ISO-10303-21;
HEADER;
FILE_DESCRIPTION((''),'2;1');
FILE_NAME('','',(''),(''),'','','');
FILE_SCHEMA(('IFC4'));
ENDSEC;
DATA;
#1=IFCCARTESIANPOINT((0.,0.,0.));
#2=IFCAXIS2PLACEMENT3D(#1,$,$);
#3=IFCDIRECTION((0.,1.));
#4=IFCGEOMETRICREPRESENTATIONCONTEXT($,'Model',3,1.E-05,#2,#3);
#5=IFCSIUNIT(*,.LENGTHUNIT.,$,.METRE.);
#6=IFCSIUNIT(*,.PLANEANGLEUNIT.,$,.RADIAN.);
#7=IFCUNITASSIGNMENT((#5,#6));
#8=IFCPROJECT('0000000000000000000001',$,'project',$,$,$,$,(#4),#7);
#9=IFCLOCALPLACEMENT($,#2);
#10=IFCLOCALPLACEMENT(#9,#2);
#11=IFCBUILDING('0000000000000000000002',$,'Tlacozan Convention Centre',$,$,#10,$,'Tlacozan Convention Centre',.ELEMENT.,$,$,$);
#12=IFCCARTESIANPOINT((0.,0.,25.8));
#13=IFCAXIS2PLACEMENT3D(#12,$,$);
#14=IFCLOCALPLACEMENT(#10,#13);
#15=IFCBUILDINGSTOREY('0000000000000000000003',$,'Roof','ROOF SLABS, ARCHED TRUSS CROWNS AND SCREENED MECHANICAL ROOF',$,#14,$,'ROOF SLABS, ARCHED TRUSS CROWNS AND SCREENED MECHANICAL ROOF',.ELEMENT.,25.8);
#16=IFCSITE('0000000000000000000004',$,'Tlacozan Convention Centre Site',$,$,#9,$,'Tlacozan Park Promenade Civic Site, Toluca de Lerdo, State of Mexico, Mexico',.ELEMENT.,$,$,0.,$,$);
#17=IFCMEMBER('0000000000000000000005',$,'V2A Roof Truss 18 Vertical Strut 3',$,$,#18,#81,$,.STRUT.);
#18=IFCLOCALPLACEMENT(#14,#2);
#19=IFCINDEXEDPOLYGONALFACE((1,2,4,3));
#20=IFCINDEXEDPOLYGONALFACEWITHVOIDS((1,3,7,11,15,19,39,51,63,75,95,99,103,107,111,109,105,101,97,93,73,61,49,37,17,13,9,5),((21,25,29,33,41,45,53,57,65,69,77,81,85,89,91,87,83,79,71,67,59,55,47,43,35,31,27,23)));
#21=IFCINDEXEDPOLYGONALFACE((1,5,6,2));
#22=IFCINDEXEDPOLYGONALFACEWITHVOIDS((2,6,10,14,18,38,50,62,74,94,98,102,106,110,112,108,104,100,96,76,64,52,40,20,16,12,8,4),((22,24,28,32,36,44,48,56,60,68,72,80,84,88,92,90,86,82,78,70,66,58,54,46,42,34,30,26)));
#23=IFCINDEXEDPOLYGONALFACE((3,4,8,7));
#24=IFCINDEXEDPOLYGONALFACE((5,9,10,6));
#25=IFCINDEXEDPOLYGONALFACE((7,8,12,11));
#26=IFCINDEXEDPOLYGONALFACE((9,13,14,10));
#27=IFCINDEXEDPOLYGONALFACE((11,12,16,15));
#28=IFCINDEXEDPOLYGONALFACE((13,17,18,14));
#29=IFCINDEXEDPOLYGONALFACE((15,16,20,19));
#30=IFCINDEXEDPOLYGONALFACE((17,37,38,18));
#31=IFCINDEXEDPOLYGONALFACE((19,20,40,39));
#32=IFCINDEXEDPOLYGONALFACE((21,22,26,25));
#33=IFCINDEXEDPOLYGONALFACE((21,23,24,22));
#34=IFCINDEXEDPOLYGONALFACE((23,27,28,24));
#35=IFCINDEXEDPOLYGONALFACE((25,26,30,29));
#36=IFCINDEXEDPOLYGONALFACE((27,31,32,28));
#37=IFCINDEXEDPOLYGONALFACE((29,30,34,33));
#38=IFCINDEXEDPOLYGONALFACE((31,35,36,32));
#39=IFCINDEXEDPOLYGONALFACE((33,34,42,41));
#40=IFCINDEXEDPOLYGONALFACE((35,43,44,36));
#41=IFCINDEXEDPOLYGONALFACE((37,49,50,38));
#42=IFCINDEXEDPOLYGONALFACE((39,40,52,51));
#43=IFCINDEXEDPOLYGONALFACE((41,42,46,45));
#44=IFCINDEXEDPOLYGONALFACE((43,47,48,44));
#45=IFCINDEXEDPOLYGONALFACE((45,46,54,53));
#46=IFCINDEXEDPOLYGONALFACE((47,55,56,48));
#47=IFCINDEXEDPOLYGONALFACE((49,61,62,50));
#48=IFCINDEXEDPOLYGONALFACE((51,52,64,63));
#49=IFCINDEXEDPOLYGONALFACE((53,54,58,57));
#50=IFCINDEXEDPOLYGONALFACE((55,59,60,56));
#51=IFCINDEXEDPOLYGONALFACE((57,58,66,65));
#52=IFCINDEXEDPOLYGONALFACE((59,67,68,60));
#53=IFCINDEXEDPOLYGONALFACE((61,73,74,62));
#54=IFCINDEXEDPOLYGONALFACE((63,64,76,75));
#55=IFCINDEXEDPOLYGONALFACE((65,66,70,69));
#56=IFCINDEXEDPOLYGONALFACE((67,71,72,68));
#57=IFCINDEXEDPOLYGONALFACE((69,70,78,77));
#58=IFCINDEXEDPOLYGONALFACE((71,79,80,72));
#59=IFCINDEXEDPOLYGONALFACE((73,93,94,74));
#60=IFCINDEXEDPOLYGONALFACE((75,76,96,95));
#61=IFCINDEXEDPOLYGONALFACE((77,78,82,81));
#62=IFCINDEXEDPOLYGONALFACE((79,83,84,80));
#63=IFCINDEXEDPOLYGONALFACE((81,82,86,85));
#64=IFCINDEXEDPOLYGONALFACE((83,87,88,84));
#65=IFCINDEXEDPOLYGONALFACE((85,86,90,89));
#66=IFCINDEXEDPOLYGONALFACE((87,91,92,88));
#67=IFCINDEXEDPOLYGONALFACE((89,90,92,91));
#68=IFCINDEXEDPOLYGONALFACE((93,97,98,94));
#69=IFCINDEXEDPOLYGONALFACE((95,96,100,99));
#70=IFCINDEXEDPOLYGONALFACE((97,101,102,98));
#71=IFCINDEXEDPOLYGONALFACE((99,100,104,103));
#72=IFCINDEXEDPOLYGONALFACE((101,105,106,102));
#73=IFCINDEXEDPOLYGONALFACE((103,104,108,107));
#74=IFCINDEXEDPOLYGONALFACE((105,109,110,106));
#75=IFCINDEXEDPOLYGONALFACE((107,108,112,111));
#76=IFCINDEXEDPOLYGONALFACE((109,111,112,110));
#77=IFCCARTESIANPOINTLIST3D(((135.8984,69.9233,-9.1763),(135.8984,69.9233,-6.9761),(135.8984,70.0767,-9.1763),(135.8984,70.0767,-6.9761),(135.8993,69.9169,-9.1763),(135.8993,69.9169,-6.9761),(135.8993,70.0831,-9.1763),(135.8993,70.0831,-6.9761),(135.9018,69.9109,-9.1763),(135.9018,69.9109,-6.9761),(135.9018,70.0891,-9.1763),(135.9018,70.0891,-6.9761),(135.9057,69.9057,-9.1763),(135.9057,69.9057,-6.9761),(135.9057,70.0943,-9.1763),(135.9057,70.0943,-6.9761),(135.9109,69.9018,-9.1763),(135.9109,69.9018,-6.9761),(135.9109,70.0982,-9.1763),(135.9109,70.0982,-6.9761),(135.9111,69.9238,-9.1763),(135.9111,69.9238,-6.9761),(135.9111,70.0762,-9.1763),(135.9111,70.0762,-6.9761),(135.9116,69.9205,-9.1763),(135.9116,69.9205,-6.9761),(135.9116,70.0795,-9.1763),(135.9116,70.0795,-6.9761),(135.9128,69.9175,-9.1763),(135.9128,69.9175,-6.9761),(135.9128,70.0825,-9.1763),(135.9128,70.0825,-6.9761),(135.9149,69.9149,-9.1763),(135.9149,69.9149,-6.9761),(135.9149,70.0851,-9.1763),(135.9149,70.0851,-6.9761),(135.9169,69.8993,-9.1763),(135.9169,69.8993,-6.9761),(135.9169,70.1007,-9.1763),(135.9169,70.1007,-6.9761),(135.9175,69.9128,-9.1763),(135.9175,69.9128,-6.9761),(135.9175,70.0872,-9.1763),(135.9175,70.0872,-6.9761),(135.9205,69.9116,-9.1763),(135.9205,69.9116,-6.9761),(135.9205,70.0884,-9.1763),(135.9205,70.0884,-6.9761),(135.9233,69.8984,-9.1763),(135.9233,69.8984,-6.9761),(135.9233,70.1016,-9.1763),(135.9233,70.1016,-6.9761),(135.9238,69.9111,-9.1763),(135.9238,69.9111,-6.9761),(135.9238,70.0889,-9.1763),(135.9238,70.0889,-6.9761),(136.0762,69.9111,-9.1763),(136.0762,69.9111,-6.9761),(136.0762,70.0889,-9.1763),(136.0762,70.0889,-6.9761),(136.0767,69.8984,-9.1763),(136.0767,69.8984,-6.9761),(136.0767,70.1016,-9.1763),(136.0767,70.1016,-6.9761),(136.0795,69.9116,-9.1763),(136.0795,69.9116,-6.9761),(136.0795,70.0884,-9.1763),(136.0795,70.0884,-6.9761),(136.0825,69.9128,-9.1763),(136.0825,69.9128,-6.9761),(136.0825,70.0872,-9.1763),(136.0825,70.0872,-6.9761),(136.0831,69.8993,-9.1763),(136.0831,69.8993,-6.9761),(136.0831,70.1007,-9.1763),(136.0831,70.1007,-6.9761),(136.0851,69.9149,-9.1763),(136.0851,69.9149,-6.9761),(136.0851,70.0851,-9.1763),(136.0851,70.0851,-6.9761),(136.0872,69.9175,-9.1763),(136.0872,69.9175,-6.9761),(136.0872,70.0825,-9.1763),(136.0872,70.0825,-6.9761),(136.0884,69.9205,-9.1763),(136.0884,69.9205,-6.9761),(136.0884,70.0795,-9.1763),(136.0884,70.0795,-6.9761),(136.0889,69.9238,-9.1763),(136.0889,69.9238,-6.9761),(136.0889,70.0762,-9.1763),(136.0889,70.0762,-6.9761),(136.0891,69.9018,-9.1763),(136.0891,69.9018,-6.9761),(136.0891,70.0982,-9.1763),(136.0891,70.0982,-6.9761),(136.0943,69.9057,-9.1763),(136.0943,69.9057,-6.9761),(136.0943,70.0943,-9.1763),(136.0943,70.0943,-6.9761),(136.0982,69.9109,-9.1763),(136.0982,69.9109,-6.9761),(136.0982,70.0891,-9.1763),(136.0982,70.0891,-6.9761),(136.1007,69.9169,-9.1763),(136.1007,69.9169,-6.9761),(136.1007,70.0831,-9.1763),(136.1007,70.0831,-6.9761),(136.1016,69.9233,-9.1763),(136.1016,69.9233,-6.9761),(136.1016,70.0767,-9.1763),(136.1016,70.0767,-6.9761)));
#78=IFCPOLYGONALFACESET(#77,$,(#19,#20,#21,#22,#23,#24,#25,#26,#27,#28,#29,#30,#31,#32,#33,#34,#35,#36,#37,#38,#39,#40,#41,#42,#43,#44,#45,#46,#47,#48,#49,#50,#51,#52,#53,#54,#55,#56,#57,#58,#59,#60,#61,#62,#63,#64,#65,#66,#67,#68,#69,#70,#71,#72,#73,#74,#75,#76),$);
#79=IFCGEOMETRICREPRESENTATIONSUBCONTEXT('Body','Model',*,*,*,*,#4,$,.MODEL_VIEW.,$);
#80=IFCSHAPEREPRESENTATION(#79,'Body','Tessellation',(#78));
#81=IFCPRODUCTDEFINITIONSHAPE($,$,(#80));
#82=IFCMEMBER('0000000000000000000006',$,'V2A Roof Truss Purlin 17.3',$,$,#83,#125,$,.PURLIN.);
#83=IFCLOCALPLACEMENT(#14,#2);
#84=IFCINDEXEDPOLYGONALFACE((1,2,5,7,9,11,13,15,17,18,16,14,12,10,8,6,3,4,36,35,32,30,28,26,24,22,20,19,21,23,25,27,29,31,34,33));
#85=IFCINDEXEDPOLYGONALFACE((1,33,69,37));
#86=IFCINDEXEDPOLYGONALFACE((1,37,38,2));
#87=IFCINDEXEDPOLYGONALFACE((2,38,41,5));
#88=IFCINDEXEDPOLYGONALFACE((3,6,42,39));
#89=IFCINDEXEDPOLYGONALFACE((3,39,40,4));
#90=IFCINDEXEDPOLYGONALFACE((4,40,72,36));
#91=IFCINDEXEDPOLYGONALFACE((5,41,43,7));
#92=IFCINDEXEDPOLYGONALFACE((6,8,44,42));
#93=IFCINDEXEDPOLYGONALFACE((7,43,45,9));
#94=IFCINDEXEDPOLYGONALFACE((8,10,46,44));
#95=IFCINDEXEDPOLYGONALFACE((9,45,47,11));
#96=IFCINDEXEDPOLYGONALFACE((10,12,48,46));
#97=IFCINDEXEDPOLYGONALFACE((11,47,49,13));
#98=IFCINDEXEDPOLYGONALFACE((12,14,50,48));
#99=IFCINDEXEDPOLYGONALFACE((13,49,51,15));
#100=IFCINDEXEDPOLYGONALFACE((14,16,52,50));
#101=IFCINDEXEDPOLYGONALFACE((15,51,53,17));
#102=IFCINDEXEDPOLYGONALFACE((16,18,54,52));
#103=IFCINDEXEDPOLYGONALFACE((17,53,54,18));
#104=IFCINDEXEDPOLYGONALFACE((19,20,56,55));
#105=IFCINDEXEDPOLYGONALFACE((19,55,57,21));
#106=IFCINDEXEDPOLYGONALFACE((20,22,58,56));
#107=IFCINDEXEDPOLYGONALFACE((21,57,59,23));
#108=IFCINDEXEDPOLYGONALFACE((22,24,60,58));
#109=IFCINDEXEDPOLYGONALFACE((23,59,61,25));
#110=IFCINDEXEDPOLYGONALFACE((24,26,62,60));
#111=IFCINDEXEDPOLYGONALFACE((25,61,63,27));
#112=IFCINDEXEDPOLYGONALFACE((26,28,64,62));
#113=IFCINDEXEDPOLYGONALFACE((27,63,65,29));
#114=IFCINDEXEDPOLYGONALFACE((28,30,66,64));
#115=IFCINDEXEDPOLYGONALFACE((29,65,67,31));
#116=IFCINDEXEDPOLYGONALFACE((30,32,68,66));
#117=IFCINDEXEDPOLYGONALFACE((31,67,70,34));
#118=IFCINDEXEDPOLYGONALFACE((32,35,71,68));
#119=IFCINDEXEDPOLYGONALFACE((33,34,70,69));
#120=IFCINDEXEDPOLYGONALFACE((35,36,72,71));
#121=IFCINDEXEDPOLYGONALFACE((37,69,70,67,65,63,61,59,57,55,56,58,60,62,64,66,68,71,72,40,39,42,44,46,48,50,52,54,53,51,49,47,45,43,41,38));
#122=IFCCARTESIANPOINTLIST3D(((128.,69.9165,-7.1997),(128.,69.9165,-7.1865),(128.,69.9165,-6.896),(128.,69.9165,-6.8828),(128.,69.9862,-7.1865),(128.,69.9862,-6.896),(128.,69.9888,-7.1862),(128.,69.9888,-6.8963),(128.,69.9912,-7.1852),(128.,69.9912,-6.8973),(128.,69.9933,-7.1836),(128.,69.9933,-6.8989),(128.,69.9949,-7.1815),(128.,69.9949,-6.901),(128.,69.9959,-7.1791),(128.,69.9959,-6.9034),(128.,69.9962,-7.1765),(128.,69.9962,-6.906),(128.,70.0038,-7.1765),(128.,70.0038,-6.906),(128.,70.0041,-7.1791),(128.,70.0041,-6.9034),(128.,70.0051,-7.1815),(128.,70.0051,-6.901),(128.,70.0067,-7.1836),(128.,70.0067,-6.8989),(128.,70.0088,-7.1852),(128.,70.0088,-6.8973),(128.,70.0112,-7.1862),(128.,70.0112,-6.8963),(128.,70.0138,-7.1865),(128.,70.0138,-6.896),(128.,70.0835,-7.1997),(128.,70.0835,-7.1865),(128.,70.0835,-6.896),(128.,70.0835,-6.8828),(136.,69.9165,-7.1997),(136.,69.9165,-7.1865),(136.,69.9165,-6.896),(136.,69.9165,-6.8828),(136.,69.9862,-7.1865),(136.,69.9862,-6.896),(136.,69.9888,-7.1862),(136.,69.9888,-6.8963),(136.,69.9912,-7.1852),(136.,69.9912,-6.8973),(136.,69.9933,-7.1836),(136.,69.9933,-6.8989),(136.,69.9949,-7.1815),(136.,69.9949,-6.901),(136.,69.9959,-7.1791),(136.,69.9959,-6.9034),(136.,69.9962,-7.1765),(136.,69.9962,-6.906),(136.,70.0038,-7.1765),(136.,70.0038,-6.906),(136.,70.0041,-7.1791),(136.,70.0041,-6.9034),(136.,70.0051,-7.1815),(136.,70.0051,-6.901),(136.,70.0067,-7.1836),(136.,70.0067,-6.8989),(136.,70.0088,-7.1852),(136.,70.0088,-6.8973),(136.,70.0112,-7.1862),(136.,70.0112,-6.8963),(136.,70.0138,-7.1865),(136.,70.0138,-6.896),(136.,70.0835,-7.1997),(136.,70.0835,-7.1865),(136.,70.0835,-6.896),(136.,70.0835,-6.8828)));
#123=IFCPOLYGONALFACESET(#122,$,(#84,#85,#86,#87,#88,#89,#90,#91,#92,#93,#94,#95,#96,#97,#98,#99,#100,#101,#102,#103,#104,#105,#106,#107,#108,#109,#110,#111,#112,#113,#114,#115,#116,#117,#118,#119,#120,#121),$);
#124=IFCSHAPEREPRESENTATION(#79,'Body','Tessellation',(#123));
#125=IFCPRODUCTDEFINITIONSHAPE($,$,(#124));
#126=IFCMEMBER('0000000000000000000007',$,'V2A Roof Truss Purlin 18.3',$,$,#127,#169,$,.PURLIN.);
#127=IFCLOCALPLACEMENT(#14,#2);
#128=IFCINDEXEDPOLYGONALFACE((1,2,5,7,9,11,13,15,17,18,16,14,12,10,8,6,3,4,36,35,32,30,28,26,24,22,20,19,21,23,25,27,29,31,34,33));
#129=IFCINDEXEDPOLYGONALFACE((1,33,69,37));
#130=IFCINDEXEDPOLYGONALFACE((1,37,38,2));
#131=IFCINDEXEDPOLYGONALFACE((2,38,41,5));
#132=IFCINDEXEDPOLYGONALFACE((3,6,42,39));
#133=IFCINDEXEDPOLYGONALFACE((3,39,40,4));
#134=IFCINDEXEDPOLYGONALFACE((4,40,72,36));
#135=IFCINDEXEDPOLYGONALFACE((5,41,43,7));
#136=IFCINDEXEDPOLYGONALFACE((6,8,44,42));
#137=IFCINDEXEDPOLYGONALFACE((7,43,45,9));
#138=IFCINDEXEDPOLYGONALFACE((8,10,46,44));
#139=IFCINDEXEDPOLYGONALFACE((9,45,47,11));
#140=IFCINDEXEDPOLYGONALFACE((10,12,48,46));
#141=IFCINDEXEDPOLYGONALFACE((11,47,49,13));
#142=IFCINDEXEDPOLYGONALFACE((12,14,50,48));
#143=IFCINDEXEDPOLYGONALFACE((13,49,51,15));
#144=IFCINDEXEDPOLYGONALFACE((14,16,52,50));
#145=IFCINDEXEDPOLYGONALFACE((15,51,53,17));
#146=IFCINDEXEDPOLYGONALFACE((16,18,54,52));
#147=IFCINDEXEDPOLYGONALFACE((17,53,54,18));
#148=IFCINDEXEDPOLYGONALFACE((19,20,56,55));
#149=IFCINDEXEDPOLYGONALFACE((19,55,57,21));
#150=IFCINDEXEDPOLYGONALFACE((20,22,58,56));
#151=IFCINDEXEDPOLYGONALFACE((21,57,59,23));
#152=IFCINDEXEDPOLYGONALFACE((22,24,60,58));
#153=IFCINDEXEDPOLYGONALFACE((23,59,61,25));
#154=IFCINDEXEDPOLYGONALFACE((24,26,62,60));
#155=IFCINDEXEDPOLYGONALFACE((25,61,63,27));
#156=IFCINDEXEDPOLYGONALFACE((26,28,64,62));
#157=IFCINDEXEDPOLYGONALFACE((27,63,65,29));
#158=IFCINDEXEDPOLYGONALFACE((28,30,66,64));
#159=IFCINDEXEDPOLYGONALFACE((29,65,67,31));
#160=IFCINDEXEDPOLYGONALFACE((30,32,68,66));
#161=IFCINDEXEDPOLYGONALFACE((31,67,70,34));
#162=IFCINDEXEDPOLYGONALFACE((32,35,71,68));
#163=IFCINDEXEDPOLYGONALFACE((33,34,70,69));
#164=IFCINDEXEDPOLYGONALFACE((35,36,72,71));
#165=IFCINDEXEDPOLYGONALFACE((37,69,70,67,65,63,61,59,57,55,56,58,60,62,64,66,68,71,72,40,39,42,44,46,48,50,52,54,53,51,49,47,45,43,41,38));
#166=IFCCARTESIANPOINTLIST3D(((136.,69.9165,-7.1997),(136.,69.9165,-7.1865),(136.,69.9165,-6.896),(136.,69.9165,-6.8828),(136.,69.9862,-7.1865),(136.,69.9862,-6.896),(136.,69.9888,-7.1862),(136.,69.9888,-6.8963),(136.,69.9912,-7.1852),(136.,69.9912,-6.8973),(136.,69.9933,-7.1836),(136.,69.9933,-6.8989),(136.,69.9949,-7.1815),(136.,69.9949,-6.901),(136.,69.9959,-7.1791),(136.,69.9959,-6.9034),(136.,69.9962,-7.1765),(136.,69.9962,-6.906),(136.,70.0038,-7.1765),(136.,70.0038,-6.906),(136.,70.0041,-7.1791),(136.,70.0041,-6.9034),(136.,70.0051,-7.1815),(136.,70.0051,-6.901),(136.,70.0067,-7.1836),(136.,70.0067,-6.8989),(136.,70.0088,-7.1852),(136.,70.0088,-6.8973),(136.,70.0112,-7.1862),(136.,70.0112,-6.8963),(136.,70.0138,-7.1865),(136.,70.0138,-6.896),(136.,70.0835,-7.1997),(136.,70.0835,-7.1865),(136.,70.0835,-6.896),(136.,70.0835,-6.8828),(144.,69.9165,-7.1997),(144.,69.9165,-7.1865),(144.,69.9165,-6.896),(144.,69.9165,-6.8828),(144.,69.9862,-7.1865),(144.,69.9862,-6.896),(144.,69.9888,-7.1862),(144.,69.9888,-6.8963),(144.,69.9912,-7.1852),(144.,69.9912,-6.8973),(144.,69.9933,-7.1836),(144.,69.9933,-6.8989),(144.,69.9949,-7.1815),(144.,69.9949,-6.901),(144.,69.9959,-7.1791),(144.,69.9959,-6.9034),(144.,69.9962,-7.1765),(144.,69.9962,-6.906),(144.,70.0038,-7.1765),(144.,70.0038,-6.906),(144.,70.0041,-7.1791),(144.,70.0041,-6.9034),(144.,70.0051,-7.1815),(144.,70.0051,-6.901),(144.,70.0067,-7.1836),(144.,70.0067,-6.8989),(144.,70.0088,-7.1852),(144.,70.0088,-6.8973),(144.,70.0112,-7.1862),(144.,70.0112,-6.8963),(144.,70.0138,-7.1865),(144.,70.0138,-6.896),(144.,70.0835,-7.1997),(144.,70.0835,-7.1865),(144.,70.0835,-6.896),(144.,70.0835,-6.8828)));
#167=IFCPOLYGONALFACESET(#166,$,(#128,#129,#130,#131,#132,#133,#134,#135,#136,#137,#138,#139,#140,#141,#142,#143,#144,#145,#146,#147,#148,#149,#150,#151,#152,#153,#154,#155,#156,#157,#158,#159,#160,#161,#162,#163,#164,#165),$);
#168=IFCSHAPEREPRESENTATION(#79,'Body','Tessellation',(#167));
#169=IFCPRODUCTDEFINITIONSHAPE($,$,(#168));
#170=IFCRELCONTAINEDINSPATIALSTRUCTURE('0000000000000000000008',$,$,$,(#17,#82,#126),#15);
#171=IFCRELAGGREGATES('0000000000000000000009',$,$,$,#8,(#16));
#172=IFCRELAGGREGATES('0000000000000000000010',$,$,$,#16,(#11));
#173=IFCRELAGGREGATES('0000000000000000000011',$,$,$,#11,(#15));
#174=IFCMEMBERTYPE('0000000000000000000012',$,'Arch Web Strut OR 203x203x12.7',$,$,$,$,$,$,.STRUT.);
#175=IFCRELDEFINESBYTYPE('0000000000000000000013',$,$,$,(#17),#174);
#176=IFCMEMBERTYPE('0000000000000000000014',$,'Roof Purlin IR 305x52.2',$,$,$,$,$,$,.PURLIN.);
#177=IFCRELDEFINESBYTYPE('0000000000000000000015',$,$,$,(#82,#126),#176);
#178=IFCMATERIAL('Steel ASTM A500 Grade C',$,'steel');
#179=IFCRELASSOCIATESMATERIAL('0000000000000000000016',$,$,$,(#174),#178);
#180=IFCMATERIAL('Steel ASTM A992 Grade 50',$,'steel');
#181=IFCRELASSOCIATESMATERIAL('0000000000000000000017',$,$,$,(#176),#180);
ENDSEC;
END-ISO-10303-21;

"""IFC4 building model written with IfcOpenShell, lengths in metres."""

from ifc_helpers import new_model, si_unit, direction, frame, origin, origin_2d, place, context, subcontext, project, spatial, hollow_rectangle, i_section, extrude, material, material_profile, profile_set, type_object, element, save


model = new_model("IFC4")

# Units and contexts
model_context = context("Model", 3, precision=1e-05, world=origin(), true_north=direction((0.0, 1.0)))
body_context = subcontext(model_context, "Body", "Model", "MODEL_VIEW")
ifc_project = project(units=[si_unit("LENGTHUNIT", "METRE"), si_unit("PLANEANGLEUNIT", "RADIAN")], contexts=[model_context])

# Site, building, storey
site_placement = place(None, origin())
site = spatial("IfcSite", under=ifc_project, at=site_placement, Name="Tlacozan Convention Centre Site", LongName="Tlacozan Park Promenade Civic Site, Toluca de Lerdo, State of Mexico, Mexico", CompositionType="ELEMENT", RefElevation=0.0)
building_placement = place(site_placement, origin())
building = spatial("IfcBuilding", under=site, at=building_placement, Name="Tlacozan Convention Centre", LongName="Tlacozan Convention Centre", CompositionType="ELEMENT")
storey_placement = place(building_placement, frame((0.0, 0.0, 25.8)))
storey = spatial("IfcBuildingStorey", under=building, at=storey_placement, Name="Roof", Description="ROOF SLABS, ARCHED TRUSS CROWNS AND SCREENED MECHANICAL ROOF", LongName="ROOF SLABS, ARCHED TRUSS CROWNS AND SCREENED MECHANICAL ROOF", CompositionType="ELEMENT", Elevation=25.8)

# Members
ifc_material_1 = material(Name="Steel ASTM A500 Grade C", Category="steel")
ifc_material_profile_1 = material_profile(ifc_material_1, hollow_rectangle(XDim=0.2031, YDim=0.2031, WallThickness=0.0127, InnerFilletRadius=0.0127, OuterFilletRadius=0.0249, at=origin_2d()), Name="OR 203x203x12.7")
ifc_profile_set_1 = profile_set([ifc_material_profile_1], Name="Steel ASTM A500 Grade C")
member_type_1 = type_object("IfcMemberType", Name="Arch Web Strut OR 203x203x12.7", PredefinedType="STRUT", material=ifc_profile_set_1)
for number, where, z_axis, x_axis, name in (
    (1, (136.0, 70.0, -9.1763), (0.0, 0.0, 1.0), (1.0, 0.0, 0.0), "V2A Roof Truss 18 Vertical Strut 3"),
):
    element("IfcMember", number, at=place(storey_placement, frame(where, z_axis=z_axis, x_axis=x_axis)), inside=storey, type_object=member_type_1, Name=name, PredefinedType="STRUT", context=body_context, shape_type="SweptSolid", body=[
        extrude(hollow_rectangle(XDim=0.2031, YDim=0.2031, WallThickness=0.0127, InnerFilletRadius=0.0127, OuterFilletRadius=0.0249, at=origin_2d()), origin(), (0.0, 0.0, 1.0), 2.2002),
    ])
ifc_material_2 = material(Name="Steel ASTM A992 Grade 50", Category="steel")
ifc_material_profile_2 = material_profile(ifc_material_2, i_section(OverallWidth=0.167, OverallDepth=0.3169, WebThickness=0.0076, FlangeThickness=0.0132, FilletRadius=0.01, at=origin_2d()), Name="IR 305x52.2")
ifc_profile_set_2 = profile_set([ifc_material_profile_2], Name="Steel ASTM A992 Grade 50")
member_type_2 = type_object("IfcMemberType", Name="Roof Purlin IR 305x52.2", PredefinedType="PURLIN", material=ifc_profile_set_2)
for number, where, z_axis, x_axis, name in (
    (2, (128.0, 70.0, -7.0413), (1.0, 0.0, 0.0), (0.0, 1.0, 0.0), "V2A Roof Truss Purlin 17.3"),
    (3, (136.0, 70.0, -7.0413), (1.0, 0.0, 0.0), (0.0, 1.0, 0.0), "V2A Roof Truss Purlin 18.3"),
):
    element("IfcMember", number, at=place(storey_placement, frame(where, z_axis=z_axis, x_axis=x_axis)), inside=storey, type_object=member_type_2, Name=name, PredefinedType="PURLIN", context=body_context, shape_type="SweptSolid", body=[
        extrude(i_section(OverallWidth=0.167, OverallDepth=0.3169, WebThickness=0.0076, FlangeThickness=0.0132, FilletRadius=0.01, at=origin_2d()), origin(), (0.0, 0.0, 1.0), 8.0),
    ])

save(model, "model.ifc")
